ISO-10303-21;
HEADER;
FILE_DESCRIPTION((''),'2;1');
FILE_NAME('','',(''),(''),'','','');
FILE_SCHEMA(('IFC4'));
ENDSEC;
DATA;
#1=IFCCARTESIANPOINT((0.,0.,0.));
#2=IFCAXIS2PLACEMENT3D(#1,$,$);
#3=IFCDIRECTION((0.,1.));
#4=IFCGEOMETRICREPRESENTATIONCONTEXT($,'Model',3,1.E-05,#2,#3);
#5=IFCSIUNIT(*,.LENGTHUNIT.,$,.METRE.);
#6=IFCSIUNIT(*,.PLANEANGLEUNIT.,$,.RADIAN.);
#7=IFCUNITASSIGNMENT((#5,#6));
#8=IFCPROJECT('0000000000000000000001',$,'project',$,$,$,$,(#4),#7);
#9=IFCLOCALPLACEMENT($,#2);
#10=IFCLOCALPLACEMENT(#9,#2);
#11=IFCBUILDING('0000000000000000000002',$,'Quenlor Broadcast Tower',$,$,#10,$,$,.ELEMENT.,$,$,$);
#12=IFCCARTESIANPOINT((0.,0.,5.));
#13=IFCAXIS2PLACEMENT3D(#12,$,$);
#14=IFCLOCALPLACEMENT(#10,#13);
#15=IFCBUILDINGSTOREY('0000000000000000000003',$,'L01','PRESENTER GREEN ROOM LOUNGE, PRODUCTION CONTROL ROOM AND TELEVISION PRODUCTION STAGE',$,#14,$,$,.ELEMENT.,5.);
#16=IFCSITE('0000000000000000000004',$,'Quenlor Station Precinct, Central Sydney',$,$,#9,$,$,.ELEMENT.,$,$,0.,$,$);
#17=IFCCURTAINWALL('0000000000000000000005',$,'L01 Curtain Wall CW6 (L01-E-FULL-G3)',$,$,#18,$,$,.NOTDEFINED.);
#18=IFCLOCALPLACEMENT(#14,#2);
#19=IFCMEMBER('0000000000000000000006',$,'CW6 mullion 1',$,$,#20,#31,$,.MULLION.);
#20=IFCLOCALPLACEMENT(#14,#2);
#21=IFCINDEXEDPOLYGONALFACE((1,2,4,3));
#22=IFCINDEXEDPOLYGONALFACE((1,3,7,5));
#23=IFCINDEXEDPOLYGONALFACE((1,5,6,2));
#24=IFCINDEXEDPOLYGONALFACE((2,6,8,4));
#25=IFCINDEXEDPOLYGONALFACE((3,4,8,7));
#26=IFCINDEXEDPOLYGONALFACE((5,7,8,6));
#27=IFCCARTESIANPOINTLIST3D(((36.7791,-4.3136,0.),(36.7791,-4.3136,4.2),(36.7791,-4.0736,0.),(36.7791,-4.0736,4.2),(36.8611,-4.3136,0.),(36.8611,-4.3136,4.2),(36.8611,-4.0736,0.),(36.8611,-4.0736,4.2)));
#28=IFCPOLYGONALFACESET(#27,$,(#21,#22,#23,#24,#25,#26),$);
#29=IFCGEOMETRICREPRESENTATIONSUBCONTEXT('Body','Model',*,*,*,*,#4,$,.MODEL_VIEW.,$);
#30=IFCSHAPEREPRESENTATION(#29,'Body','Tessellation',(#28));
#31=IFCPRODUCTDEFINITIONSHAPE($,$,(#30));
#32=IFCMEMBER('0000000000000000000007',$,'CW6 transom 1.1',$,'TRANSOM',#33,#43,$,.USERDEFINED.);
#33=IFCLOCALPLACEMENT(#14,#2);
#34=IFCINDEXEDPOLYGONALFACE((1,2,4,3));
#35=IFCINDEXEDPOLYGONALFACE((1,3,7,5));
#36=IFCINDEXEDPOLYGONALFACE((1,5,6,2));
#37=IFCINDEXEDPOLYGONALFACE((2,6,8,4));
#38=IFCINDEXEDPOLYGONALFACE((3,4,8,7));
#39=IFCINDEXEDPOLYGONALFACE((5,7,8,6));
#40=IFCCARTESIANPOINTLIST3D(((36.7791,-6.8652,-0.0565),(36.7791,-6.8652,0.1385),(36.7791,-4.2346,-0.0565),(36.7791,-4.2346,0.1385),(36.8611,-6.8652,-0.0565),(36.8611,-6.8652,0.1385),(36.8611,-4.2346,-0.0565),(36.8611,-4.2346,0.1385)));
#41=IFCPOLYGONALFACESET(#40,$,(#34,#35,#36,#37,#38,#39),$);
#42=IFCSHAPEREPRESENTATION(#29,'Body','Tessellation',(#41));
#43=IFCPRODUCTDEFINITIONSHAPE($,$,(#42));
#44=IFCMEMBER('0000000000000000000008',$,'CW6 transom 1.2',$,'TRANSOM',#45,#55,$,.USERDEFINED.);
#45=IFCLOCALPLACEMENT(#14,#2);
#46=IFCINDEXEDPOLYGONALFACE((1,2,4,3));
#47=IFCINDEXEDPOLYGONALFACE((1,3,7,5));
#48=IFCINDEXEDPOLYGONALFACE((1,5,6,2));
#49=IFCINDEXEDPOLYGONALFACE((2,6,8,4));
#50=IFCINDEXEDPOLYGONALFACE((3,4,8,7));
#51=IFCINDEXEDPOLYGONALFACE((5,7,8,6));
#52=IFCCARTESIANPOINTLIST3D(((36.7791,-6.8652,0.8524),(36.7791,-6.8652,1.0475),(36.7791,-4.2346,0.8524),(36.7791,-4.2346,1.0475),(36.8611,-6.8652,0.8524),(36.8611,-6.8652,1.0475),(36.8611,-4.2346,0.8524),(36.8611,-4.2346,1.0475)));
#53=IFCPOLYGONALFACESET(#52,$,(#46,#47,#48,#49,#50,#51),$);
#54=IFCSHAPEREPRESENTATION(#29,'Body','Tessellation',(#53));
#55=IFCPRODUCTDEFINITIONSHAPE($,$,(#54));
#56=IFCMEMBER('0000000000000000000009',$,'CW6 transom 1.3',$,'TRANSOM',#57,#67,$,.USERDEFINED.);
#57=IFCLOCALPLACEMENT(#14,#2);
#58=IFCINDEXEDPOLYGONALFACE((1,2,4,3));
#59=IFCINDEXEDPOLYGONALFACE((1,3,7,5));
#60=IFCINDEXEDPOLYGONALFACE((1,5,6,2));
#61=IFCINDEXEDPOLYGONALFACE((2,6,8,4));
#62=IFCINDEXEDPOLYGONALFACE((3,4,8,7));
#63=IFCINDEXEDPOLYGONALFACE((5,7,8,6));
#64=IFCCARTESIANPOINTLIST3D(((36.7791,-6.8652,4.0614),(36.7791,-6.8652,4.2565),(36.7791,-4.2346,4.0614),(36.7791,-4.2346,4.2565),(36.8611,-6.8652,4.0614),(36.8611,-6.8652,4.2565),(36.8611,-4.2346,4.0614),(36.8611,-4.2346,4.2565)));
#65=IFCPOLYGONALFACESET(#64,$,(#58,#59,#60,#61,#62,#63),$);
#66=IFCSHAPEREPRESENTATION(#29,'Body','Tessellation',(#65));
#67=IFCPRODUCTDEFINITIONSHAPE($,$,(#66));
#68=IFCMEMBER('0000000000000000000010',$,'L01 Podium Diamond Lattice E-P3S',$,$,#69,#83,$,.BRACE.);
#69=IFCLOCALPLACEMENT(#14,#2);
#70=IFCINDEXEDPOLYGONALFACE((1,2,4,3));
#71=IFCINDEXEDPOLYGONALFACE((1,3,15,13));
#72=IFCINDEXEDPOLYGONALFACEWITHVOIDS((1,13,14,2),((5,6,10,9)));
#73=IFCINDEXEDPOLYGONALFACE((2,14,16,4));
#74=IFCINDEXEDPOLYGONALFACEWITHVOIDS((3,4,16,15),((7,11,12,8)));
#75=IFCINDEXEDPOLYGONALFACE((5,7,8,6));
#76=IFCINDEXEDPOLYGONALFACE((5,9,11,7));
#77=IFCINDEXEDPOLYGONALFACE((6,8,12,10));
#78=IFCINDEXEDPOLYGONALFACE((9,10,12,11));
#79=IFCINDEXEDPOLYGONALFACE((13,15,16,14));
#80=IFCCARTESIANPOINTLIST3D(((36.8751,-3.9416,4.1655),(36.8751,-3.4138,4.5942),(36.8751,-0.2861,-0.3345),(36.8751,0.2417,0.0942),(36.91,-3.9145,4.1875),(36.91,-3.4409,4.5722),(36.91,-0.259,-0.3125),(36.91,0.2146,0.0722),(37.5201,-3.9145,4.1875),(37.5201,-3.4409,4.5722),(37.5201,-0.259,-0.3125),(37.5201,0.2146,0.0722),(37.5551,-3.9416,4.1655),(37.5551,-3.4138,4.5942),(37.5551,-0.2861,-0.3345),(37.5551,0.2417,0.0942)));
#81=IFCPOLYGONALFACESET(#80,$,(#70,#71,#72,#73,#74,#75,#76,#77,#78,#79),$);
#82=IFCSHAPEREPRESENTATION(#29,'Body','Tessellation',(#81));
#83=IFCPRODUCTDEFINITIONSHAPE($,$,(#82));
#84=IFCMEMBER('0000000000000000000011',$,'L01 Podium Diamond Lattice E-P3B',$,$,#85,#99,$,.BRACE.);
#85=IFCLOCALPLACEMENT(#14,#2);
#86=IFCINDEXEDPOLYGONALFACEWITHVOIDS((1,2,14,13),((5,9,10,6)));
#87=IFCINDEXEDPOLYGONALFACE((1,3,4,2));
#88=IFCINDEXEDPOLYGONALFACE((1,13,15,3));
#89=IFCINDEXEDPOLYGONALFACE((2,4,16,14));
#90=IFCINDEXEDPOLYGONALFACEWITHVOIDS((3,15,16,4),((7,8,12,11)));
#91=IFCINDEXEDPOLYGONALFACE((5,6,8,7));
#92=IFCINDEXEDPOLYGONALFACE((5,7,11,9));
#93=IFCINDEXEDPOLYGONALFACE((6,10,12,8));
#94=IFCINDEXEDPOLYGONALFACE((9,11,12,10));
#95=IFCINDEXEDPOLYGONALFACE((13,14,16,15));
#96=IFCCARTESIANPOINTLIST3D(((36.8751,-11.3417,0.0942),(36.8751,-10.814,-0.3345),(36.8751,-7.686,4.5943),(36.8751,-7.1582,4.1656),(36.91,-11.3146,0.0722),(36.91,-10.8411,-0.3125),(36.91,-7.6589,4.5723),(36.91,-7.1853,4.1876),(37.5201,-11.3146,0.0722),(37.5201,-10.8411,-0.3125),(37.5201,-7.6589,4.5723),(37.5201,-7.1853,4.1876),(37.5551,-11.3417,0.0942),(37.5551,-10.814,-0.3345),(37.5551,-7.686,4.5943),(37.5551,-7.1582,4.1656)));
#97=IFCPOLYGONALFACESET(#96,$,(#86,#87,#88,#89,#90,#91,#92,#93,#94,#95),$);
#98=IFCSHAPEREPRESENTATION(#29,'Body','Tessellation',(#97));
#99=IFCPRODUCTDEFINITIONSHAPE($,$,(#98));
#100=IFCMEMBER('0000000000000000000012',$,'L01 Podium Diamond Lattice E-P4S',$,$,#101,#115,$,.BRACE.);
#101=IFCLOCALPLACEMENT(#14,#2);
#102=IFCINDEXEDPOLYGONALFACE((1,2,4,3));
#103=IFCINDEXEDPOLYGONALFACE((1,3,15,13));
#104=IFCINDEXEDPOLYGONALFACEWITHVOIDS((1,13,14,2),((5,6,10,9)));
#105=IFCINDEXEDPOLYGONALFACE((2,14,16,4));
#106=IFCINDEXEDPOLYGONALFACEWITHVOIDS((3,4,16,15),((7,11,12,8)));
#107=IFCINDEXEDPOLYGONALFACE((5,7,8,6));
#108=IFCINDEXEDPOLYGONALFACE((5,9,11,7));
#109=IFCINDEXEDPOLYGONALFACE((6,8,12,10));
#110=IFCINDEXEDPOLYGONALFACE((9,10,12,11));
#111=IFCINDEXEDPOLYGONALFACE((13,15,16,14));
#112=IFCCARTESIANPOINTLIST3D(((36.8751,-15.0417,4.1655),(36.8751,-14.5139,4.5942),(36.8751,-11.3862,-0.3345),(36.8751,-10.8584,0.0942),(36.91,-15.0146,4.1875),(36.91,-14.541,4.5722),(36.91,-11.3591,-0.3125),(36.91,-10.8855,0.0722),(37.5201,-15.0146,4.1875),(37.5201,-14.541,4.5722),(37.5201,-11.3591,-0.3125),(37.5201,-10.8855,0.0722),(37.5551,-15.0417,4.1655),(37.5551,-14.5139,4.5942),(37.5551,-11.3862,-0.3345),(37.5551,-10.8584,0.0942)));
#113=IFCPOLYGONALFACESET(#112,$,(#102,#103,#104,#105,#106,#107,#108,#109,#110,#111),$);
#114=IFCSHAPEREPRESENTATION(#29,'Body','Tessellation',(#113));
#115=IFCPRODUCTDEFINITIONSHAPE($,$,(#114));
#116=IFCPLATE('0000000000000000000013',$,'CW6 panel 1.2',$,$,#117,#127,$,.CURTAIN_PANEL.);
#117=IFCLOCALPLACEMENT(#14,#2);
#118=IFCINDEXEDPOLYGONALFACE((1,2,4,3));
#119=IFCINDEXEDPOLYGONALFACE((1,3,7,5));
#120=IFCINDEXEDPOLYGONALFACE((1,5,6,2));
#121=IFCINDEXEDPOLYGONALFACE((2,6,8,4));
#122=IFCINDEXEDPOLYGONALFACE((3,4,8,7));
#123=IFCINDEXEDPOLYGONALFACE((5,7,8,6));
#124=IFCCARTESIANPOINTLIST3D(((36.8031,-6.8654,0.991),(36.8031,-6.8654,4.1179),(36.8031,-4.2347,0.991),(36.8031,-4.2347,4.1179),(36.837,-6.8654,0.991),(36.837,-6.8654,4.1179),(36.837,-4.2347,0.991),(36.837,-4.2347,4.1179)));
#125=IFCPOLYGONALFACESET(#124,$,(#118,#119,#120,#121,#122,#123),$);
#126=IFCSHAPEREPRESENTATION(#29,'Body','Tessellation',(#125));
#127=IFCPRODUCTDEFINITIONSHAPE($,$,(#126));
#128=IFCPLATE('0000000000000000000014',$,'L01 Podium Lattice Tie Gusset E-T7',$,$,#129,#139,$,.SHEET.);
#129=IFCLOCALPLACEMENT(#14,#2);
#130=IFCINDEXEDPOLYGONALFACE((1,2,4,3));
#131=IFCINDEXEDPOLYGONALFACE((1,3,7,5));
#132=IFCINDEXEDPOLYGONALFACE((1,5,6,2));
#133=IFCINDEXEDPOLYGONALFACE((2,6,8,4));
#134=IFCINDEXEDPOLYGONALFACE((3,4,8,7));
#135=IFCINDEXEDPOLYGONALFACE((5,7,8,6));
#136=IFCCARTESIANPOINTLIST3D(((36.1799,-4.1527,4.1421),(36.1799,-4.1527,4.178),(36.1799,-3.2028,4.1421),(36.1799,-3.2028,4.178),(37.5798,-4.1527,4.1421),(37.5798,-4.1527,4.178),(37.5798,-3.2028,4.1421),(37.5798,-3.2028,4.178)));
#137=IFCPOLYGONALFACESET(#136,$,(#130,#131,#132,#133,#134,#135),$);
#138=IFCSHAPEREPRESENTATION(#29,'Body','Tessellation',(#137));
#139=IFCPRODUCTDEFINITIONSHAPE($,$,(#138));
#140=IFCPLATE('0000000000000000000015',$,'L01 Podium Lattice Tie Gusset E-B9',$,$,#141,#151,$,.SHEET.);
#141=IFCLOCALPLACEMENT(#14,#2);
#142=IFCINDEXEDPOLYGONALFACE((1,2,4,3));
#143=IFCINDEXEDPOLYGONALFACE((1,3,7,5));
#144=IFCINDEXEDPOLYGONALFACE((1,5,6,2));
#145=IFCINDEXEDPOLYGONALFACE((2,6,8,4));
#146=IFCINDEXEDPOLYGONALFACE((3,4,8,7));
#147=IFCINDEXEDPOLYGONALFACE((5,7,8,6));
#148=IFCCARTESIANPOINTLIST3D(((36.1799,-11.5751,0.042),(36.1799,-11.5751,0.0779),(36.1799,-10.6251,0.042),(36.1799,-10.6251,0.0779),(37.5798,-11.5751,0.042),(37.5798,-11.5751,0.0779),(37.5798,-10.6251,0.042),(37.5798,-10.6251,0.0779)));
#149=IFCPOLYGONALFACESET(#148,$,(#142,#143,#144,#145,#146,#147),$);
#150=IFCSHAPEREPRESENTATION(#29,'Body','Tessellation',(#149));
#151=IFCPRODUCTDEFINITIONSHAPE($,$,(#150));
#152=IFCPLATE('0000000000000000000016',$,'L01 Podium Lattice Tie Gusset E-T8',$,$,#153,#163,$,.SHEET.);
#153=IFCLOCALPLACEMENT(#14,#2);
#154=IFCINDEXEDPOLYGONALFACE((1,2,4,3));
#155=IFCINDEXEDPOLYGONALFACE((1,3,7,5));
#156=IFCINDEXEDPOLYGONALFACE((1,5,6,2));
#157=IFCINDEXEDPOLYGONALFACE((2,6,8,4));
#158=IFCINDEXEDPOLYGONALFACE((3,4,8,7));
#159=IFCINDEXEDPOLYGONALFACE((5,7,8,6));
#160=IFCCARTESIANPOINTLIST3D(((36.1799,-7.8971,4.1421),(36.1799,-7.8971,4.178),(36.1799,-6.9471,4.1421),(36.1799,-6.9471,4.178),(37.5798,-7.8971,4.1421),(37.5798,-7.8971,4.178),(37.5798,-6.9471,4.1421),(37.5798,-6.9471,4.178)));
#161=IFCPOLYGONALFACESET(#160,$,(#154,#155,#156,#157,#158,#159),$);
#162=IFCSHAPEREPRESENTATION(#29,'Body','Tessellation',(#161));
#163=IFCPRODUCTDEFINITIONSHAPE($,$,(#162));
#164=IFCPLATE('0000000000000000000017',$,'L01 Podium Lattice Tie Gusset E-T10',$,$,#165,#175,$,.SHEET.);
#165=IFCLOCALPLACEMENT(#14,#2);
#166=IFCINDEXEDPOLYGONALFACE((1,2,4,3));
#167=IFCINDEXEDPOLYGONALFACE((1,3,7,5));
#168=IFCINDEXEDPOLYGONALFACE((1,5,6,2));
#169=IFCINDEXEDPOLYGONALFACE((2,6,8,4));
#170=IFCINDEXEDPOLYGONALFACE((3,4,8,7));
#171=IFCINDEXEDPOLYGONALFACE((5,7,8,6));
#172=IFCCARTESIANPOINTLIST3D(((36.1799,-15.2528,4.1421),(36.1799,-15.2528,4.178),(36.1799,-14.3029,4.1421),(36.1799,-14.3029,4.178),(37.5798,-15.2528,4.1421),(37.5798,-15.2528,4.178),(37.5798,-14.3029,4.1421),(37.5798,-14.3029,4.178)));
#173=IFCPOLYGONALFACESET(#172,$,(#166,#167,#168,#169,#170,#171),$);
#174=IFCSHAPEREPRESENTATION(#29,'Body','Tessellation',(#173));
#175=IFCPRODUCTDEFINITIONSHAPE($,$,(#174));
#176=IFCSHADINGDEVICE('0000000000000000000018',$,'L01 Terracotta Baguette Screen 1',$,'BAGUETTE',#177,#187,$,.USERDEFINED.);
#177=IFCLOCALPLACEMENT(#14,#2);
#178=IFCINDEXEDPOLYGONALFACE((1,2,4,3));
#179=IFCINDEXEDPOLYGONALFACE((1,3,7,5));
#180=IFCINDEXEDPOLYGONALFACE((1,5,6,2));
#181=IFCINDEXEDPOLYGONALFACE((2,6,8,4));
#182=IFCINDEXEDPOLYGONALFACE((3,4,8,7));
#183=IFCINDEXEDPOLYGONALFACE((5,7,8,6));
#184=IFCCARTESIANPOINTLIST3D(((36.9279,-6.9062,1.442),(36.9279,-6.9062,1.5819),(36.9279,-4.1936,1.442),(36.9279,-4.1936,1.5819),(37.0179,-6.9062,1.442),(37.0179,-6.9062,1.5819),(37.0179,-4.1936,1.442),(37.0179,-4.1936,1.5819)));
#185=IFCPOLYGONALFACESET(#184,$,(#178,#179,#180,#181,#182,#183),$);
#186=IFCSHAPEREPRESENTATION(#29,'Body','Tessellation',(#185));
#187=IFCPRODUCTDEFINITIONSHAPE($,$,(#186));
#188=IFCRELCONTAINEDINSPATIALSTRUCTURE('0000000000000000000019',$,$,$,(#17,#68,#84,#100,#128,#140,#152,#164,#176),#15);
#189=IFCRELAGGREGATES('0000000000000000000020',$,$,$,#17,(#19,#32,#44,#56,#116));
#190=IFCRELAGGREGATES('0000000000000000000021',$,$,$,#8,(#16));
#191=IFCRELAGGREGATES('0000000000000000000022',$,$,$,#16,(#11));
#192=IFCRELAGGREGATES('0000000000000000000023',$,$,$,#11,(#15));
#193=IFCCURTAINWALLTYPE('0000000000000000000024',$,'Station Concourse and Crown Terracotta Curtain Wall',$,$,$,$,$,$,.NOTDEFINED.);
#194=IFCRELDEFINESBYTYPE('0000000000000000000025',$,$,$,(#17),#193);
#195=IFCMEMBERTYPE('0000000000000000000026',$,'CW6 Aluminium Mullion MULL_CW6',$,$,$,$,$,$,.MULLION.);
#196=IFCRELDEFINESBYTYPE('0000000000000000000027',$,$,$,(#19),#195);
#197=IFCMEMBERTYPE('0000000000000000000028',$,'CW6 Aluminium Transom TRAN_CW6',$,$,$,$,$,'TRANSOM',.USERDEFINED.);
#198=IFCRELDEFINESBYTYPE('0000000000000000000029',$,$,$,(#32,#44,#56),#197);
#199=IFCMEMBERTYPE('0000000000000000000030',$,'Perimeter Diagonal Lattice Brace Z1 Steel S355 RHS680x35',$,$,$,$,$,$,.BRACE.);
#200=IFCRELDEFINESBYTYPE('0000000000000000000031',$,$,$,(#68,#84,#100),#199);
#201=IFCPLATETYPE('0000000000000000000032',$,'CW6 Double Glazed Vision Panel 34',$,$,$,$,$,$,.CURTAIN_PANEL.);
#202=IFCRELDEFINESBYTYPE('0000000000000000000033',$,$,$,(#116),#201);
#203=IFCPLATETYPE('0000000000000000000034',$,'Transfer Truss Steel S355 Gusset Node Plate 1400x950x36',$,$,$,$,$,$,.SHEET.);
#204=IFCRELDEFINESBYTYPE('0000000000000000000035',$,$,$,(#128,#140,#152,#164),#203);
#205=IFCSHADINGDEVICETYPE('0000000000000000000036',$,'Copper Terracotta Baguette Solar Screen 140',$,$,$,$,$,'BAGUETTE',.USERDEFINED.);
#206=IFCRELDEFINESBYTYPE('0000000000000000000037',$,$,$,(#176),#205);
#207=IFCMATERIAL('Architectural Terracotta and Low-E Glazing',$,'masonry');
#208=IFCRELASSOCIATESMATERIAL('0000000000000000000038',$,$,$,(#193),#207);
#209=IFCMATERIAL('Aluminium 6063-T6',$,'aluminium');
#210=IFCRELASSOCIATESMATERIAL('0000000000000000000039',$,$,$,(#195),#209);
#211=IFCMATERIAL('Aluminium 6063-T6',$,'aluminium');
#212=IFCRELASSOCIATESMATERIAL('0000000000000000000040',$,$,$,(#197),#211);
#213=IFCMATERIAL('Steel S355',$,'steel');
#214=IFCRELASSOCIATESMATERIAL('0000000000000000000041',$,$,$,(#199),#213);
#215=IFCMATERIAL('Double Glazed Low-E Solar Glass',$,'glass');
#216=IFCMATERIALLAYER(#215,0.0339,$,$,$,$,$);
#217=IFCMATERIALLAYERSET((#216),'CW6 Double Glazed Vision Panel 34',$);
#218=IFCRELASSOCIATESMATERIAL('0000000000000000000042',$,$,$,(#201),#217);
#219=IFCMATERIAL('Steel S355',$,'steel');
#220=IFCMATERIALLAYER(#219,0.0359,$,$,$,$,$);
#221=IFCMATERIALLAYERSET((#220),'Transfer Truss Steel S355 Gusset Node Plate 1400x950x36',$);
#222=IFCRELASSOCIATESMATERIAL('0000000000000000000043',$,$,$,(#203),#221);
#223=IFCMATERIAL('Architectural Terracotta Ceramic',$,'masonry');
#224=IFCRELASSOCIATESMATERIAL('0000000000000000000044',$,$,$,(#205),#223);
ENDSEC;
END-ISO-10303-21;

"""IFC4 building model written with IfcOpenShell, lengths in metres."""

from ifc_helpers import new_model, si_unit, direction, frame, origin, origin_2d, place, context, subcontext, project, spatial, rectangle, hollow_rectangle, extrude, material, layer, layer_set, material_profile, profile_set, type_object, element, aggregate, save


model = new_model("IFC4")

# Units and contexts
model_context = context("Model", 3, precision=1e-05, world=origin(), true_north=direction((0.0, 1.0)))
body_context = subcontext(model_context, "Body", "Model", "MODEL_VIEW")
ifc_project = project(units=[si_unit("LENGTHUNIT", "METRE"), si_unit("PLANEANGLEUNIT", "RADIAN")], contexts=[model_context])

# Site, building, storey
site_placement = place(None, origin())
site = spatial("IfcSite", under=ifc_project, at=site_placement, Name="Quenlor Station Precinct, Central Sydney", CompositionType="ELEMENT", RefElevation=0.0)
building_placement = place(site_placement, origin())
building = spatial("IfcBuilding", under=site, at=building_placement, Name="Quenlor Broadcast Tower", CompositionType="ELEMENT")
storey_placement = place(building_placement, frame((0.0, 0.0, 5.0)))
storey = spatial("IfcBuildingStorey", under=building, at=storey_placement, Name="L01", Description="PRESENTER GREEN ROOM LOUNGE, PRODUCTION CONTROL ROOM AND TELEVISION PRODUCTION STAGE", CompositionType="ELEMENT", Elevation=5.0)

# Curtain wall, members
ifc_material_1 = material(Name="Architectural Terracotta and Low-E Glazing", Category="masonry")
curtain_wall_type = type_object("IfcCurtainWallType", Name="Station Concourse and Crown Terracotta Curtain Wall", PredefinedType="NOTDEFINED", material=ifc_material_1)
curtain_wall_placement = place(storey_placement, origin())
curtain_wall = element("IfcCurtainWall", 1, at=curtain_wall_placement, inside=storey, type_object=curtain_wall_type, Name="L01 Curtain Wall CW6 (L01-E-FULL-G3)", PredefinedType="NOTDEFINED")
ifc_material_2 = material(Name="Aluminium 6063-T6", Category="aluminium")
ifc_material_profile_1 = material_profile(ifc_material_2, rectangle(XDim=0.082, YDim=0.24, at=origin_2d()))
ifc_profile_set_1 = profile_set([ifc_material_profile_1], Name="Aluminium 6063-T6 MULL82x240")
member_type_1 = type_object("IfcMemberType", Name="CW6 Aluminium Mullion MULL_CW6", PredefinedType="MULLION", material=ifc_profile_set_1)
member_1_placement = place(storey_placement, frame((36.8201, -4.1936, 0.0), z_axis=(0.0, 0.0, 1.0), x_axis=(1.0, 0.0, 0.0)))
member_1 = element("IfcMember", 2, at=member_1_placement, type_object=member_type_1, Name="CW6 mullion 1", PredefinedType="MULLION", context=body_context, shape_type="SweptSolid", body=[
    extrude(rectangle(XDim=0.082, YDim=0.24, at=origin_2d()), origin(), (0.0, 0.0, 1.0), 4.2),
])
ifc_material_3 = material(Name="Aluminium 6063-T6", Category="aluminium")
ifc_material_profile_2 = material_profile(ifc_material_3, rectangle(XDim=0.082, YDim=0.1951, at=origin_2d()))
ifc_profile_set_2 = profile_set([ifc_material_profile_2], Name="Aluminium 6063-T6 TRAN82x195")
member_type_2 = type_object("IfcMemberType", Name="CW6 Aluminium Transom TRAN_CW6", ElementType="TRANSOM", PredefinedType="USERDEFINED", material=ifc_profile_set_2)
member_2_placement = place(storey_placement, frame((36.8201, -4.2346, 0.041), z_axis=(0.0, -1.0, 0.0), x_axis=(1.0, 0.0, 0.0)))
member_2 = element("IfcMember", 3, at=member_2_placement, type_object=member_type_2, Name="CW6 transom 1.1", ObjectType="TRANSOM", PredefinedType="USERDEFINED", context=body_context, shape_type="SweptSolid", body=[
    extrude(rectangle(XDim=0.082, YDim=0.1951, at=origin_2d()), origin(), (0.0, 0.0, 1.0), 2.6306),
])
member_3_placement = place(storey_placement, frame((36.8201, -4.2346, 0.95), z_axis=(0.0, -1.0, 0.0), x_axis=(1.0, 0.0, 0.0)))
member_3 = element("IfcMember", 4, at=member_3_placement, type_object=member_type_2, Name="CW6 transom 1.2", ObjectType="TRANSOM", PredefinedType="USERDEFINED", context=body_context, shape_type="SweptSolid", body=[
    extrude(rectangle(XDim=0.082, YDim=0.1951, at=origin_2d()), origin(), (0.0, 0.0, 1.0), 2.6306),
])
member_4_placement = place(storey_placement, frame((36.8201, -4.2346, 4.1589), z_axis=(0.0, -1.0, 0.0), x_axis=(1.0, 0.0, 0.0)))
member_4 = element("IfcMember", 5, at=member_4_placement, type_object=member_type_2, Name="CW6 transom 1.3", ObjectType="TRANSOM", PredefinedType="USERDEFINED", context=body_context, shape_type="SweptSolid", body=[
    extrude(rectangle(XDim=0.082, YDim=0.1951, at=origin_2d()), origin(), (0.0, 0.0, 1.0), 2.6306),
])

# Members
ifc_material_4 = material(Name="Steel S355", Category="steel")
ifc_material_profile_3 = material_profile(ifc_material_4, hollow_rectangle(XDim=0.6799, YDim=0.6799, WallThickness=0.0349, at=origin_2d()))
ifc_profile_set_3 = profile_set([ifc_material_profile_3], Name="Steel S355 RHS680x680x35")
member_type_3 = type_object("IfcMemberType", Name="Perimeter Diagonal Lattice Brace Z1 Steel S355 RHS680x35", PredefinedType="BRACE", material=ifc_profile_set_3)
member_5_placement = place(storey_placement, frame((37.2151, -0.0222, -0.1201), z_axis=(0.0, -0.630517, 0.776176), x_axis=(1.0, 0.0, 0.0)))
element("IfcMember", 6, at=member_5_placement, inside=storey, type_object=member_type_3, Name="L01 Podium Diamond Lattice E-P3S", PredefinedType="BRACE", context=body_context, shape_type="SweptSolid", body=[
    extrude(hollow_rectangle(XDim=0.6799, YDim=0.6799, WallThickness=0.0349, at=origin_2d()), origin(), (0.0, 0.0, 1.0), 5.7976),
])
member_6_placement = place(storey_placement, frame((37.2151, -11.0779, -0.1201), z_axis=(0.0, 0.630542, 0.776155), x_axis=(-1.0, 0.0, 0.0)))
element("IfcMember", 7, at=member_6_placement, inside=storey, type_object=member_type_3, Name="L01 Podium Diamond Lattice E-P3B", PredefinedType="BRACE", context=body_context, shape_type="SweptSolid", body=[
    extrude(hollow_rectangle(XDim=0.6799, YDim=0.6799, WallThickness=0.0349, at=origin_2d()), origin(), (0.0, 0.0, 1.0), 5.7979),
])
member_7_placement = place(storey_placement, frame((37.2151, -11.1223, -0.1201), z_axis=(0.0, -0.630517, 0.776176), x_axis=(1.0, 0.0, 0.0)))
element("IfcMember", 8, at=member_7_placement, inside=storey, type_object=member_type_3, Name="L01 Podium Diamond Lattice E-P4S", PredefinedType="BRACE", context=body_context, shape_type="SweptSolid", body=[
    extrude(hollow_rectangle(XDim=0.6799, YDim=0.6799, WallThickness=0.0349, at=origin_2d()), origin(), (0.0, 0.0, 1.0), 5.7976),
])

# Plate
ifc_material_5 = material(Name="Double Glazed Low-E Solar Glass", Category="glass")
ifc_layer_1 = layer(ifc_material_5, 0.0339)
ifc_layer_set_1 = layer_set([ifc_layer_1], Name="CW6 Double Glazed Vision Panel 34")
plate_type_1 = type_object("IfcPlateType", Name="CW6 Double Glazed Vision Panel 34", PredefinedType="CURTAIN_PANEL", material=ifc_layer_set_1)
plate_placement = place(storey_placement, frame((36.8201, -5.55, 0.991), z_axis=(0.0, 0.0, 1.0), x_axis=(0.0, -1.0, 0.0)))
plate = element("IfcPlate", 9, at=plate_placement, type_object=plate_type_1, Name="CW6 panel 1.2", PredefinedType="CURTAIN_PANEL", context=body_context, shape_type="SweptSolid", body=[
    extrude(rectangle(XDim=2.6306, YDim=0.0339, at=origin_2d()), origin(), (0.0, 0.0, 1.0), 3.127),
])
aggregate(curtain_wall, [member_1, member_2, member_3, member_4, plate])

# Plates
ifc_material_6 = material(Name="Steel S355", Category="steel")
ifc_layer_2 = layer(ifc_material_6, 0.0359)
ifc_layer_set_2 = layer_set([ifc_layer_2], Name="Transfer Truss Steel S355 Gusset Node Plate 1400x950x36")
plate_type_2 = type_object("IfcPlateType", Name="Transfer Truss Steel S355 Gusset Node Plate 1400x950x36", PredefinedType="SHEET", material=ifc_layer_set_2)
for number, where, z_axis, x_axis, name in (
    (10, (36.8799, -3.6777, 4.1421), (0.0, 0.0, 1.0), (1.0, 0.0, 0.0), "L01 Podium Lattice Tie Gusset E-T7"),
    (11, (36.8799, -11.1001, 0.042), (0.0, 0.0, 1.0), (1.0, 0.0, 0.0), "L01 Podium Lattice Tie Gusset E-B9"),
    (12, (36.8799, -7.4221, 4.1421), (0.0, 0.0, 1.0), (1.0, 0.0, 0.0), "L01 Podium Lattice Tie Gusset E-T8"),
    (13, (36.8799, -14.7778, 4.1421), (0.0, 0.0, 1.0), (1.0, 0.0, 0.0), "L01 Podium Lattice Tie Gusset E-T10"),
):
    element("IfcPlate", number, at=place(storey_placement, frame(where, z_axis=z_axis, x_axis=x_axis)), inside=storey, type_object=plate_type_2, Name=name, PredefinedType="SHEET", context=body_context, shape_type="SweptSolid", body=[
        extrude(rectangle(XDim=1.3999, YDim=0.95, at=origin_2d()), origin(), (0.0, 0.0, 1.0), 0.0359),
    ])

# Shading device
ifc_material_7 = material(Name="Architectural Terracotta Ceramic", Category="masonry")
ifc_material_profile_4 = material_profile(ifc_material_7, rectangle(XDim=0.0901, YDim=0.1399, at=origin_2d()))
ifc_profile_set_4 = profile_set([ifc_material_profile_4], Name="Architectural Terracotta Ceramic BAG90x140")
shading_device_type = type_object("IfcShadingDeviceType", Name="Copper Terracotta Baguette Solar Screen 140", ElementType="BAGUETTE", PredefinedType="USERDEFINED", material=ifc_profile_set_4)
for number, where, z_axis, x_axis, name in (
    (14, (36.9729, -4.1936, 1.512), (0.0, -1.0, 0.0), (1.0, 0.0, 0.0), "L01 Terracotta Baguette Screen 1"),
):
    element("IfcShadingDevice", number, at=place(storey_placement, frame(where, z_axis=z_axis, x_axis=x_axis)), inside=storey, type_object=shading_device_type, Name=name, ObjectType="BAGUETTE", PredefinedType="USERDEFINED", context=body_context, shape_type="SweptSolid", body=[
        extrude(rectangle(XDim=0.0901, YDim=0.1399, at=origin_2d()), origin(), (0.0, 0.0, 1.0), 2.7126),
    ])

save(model, "model.ifc")
